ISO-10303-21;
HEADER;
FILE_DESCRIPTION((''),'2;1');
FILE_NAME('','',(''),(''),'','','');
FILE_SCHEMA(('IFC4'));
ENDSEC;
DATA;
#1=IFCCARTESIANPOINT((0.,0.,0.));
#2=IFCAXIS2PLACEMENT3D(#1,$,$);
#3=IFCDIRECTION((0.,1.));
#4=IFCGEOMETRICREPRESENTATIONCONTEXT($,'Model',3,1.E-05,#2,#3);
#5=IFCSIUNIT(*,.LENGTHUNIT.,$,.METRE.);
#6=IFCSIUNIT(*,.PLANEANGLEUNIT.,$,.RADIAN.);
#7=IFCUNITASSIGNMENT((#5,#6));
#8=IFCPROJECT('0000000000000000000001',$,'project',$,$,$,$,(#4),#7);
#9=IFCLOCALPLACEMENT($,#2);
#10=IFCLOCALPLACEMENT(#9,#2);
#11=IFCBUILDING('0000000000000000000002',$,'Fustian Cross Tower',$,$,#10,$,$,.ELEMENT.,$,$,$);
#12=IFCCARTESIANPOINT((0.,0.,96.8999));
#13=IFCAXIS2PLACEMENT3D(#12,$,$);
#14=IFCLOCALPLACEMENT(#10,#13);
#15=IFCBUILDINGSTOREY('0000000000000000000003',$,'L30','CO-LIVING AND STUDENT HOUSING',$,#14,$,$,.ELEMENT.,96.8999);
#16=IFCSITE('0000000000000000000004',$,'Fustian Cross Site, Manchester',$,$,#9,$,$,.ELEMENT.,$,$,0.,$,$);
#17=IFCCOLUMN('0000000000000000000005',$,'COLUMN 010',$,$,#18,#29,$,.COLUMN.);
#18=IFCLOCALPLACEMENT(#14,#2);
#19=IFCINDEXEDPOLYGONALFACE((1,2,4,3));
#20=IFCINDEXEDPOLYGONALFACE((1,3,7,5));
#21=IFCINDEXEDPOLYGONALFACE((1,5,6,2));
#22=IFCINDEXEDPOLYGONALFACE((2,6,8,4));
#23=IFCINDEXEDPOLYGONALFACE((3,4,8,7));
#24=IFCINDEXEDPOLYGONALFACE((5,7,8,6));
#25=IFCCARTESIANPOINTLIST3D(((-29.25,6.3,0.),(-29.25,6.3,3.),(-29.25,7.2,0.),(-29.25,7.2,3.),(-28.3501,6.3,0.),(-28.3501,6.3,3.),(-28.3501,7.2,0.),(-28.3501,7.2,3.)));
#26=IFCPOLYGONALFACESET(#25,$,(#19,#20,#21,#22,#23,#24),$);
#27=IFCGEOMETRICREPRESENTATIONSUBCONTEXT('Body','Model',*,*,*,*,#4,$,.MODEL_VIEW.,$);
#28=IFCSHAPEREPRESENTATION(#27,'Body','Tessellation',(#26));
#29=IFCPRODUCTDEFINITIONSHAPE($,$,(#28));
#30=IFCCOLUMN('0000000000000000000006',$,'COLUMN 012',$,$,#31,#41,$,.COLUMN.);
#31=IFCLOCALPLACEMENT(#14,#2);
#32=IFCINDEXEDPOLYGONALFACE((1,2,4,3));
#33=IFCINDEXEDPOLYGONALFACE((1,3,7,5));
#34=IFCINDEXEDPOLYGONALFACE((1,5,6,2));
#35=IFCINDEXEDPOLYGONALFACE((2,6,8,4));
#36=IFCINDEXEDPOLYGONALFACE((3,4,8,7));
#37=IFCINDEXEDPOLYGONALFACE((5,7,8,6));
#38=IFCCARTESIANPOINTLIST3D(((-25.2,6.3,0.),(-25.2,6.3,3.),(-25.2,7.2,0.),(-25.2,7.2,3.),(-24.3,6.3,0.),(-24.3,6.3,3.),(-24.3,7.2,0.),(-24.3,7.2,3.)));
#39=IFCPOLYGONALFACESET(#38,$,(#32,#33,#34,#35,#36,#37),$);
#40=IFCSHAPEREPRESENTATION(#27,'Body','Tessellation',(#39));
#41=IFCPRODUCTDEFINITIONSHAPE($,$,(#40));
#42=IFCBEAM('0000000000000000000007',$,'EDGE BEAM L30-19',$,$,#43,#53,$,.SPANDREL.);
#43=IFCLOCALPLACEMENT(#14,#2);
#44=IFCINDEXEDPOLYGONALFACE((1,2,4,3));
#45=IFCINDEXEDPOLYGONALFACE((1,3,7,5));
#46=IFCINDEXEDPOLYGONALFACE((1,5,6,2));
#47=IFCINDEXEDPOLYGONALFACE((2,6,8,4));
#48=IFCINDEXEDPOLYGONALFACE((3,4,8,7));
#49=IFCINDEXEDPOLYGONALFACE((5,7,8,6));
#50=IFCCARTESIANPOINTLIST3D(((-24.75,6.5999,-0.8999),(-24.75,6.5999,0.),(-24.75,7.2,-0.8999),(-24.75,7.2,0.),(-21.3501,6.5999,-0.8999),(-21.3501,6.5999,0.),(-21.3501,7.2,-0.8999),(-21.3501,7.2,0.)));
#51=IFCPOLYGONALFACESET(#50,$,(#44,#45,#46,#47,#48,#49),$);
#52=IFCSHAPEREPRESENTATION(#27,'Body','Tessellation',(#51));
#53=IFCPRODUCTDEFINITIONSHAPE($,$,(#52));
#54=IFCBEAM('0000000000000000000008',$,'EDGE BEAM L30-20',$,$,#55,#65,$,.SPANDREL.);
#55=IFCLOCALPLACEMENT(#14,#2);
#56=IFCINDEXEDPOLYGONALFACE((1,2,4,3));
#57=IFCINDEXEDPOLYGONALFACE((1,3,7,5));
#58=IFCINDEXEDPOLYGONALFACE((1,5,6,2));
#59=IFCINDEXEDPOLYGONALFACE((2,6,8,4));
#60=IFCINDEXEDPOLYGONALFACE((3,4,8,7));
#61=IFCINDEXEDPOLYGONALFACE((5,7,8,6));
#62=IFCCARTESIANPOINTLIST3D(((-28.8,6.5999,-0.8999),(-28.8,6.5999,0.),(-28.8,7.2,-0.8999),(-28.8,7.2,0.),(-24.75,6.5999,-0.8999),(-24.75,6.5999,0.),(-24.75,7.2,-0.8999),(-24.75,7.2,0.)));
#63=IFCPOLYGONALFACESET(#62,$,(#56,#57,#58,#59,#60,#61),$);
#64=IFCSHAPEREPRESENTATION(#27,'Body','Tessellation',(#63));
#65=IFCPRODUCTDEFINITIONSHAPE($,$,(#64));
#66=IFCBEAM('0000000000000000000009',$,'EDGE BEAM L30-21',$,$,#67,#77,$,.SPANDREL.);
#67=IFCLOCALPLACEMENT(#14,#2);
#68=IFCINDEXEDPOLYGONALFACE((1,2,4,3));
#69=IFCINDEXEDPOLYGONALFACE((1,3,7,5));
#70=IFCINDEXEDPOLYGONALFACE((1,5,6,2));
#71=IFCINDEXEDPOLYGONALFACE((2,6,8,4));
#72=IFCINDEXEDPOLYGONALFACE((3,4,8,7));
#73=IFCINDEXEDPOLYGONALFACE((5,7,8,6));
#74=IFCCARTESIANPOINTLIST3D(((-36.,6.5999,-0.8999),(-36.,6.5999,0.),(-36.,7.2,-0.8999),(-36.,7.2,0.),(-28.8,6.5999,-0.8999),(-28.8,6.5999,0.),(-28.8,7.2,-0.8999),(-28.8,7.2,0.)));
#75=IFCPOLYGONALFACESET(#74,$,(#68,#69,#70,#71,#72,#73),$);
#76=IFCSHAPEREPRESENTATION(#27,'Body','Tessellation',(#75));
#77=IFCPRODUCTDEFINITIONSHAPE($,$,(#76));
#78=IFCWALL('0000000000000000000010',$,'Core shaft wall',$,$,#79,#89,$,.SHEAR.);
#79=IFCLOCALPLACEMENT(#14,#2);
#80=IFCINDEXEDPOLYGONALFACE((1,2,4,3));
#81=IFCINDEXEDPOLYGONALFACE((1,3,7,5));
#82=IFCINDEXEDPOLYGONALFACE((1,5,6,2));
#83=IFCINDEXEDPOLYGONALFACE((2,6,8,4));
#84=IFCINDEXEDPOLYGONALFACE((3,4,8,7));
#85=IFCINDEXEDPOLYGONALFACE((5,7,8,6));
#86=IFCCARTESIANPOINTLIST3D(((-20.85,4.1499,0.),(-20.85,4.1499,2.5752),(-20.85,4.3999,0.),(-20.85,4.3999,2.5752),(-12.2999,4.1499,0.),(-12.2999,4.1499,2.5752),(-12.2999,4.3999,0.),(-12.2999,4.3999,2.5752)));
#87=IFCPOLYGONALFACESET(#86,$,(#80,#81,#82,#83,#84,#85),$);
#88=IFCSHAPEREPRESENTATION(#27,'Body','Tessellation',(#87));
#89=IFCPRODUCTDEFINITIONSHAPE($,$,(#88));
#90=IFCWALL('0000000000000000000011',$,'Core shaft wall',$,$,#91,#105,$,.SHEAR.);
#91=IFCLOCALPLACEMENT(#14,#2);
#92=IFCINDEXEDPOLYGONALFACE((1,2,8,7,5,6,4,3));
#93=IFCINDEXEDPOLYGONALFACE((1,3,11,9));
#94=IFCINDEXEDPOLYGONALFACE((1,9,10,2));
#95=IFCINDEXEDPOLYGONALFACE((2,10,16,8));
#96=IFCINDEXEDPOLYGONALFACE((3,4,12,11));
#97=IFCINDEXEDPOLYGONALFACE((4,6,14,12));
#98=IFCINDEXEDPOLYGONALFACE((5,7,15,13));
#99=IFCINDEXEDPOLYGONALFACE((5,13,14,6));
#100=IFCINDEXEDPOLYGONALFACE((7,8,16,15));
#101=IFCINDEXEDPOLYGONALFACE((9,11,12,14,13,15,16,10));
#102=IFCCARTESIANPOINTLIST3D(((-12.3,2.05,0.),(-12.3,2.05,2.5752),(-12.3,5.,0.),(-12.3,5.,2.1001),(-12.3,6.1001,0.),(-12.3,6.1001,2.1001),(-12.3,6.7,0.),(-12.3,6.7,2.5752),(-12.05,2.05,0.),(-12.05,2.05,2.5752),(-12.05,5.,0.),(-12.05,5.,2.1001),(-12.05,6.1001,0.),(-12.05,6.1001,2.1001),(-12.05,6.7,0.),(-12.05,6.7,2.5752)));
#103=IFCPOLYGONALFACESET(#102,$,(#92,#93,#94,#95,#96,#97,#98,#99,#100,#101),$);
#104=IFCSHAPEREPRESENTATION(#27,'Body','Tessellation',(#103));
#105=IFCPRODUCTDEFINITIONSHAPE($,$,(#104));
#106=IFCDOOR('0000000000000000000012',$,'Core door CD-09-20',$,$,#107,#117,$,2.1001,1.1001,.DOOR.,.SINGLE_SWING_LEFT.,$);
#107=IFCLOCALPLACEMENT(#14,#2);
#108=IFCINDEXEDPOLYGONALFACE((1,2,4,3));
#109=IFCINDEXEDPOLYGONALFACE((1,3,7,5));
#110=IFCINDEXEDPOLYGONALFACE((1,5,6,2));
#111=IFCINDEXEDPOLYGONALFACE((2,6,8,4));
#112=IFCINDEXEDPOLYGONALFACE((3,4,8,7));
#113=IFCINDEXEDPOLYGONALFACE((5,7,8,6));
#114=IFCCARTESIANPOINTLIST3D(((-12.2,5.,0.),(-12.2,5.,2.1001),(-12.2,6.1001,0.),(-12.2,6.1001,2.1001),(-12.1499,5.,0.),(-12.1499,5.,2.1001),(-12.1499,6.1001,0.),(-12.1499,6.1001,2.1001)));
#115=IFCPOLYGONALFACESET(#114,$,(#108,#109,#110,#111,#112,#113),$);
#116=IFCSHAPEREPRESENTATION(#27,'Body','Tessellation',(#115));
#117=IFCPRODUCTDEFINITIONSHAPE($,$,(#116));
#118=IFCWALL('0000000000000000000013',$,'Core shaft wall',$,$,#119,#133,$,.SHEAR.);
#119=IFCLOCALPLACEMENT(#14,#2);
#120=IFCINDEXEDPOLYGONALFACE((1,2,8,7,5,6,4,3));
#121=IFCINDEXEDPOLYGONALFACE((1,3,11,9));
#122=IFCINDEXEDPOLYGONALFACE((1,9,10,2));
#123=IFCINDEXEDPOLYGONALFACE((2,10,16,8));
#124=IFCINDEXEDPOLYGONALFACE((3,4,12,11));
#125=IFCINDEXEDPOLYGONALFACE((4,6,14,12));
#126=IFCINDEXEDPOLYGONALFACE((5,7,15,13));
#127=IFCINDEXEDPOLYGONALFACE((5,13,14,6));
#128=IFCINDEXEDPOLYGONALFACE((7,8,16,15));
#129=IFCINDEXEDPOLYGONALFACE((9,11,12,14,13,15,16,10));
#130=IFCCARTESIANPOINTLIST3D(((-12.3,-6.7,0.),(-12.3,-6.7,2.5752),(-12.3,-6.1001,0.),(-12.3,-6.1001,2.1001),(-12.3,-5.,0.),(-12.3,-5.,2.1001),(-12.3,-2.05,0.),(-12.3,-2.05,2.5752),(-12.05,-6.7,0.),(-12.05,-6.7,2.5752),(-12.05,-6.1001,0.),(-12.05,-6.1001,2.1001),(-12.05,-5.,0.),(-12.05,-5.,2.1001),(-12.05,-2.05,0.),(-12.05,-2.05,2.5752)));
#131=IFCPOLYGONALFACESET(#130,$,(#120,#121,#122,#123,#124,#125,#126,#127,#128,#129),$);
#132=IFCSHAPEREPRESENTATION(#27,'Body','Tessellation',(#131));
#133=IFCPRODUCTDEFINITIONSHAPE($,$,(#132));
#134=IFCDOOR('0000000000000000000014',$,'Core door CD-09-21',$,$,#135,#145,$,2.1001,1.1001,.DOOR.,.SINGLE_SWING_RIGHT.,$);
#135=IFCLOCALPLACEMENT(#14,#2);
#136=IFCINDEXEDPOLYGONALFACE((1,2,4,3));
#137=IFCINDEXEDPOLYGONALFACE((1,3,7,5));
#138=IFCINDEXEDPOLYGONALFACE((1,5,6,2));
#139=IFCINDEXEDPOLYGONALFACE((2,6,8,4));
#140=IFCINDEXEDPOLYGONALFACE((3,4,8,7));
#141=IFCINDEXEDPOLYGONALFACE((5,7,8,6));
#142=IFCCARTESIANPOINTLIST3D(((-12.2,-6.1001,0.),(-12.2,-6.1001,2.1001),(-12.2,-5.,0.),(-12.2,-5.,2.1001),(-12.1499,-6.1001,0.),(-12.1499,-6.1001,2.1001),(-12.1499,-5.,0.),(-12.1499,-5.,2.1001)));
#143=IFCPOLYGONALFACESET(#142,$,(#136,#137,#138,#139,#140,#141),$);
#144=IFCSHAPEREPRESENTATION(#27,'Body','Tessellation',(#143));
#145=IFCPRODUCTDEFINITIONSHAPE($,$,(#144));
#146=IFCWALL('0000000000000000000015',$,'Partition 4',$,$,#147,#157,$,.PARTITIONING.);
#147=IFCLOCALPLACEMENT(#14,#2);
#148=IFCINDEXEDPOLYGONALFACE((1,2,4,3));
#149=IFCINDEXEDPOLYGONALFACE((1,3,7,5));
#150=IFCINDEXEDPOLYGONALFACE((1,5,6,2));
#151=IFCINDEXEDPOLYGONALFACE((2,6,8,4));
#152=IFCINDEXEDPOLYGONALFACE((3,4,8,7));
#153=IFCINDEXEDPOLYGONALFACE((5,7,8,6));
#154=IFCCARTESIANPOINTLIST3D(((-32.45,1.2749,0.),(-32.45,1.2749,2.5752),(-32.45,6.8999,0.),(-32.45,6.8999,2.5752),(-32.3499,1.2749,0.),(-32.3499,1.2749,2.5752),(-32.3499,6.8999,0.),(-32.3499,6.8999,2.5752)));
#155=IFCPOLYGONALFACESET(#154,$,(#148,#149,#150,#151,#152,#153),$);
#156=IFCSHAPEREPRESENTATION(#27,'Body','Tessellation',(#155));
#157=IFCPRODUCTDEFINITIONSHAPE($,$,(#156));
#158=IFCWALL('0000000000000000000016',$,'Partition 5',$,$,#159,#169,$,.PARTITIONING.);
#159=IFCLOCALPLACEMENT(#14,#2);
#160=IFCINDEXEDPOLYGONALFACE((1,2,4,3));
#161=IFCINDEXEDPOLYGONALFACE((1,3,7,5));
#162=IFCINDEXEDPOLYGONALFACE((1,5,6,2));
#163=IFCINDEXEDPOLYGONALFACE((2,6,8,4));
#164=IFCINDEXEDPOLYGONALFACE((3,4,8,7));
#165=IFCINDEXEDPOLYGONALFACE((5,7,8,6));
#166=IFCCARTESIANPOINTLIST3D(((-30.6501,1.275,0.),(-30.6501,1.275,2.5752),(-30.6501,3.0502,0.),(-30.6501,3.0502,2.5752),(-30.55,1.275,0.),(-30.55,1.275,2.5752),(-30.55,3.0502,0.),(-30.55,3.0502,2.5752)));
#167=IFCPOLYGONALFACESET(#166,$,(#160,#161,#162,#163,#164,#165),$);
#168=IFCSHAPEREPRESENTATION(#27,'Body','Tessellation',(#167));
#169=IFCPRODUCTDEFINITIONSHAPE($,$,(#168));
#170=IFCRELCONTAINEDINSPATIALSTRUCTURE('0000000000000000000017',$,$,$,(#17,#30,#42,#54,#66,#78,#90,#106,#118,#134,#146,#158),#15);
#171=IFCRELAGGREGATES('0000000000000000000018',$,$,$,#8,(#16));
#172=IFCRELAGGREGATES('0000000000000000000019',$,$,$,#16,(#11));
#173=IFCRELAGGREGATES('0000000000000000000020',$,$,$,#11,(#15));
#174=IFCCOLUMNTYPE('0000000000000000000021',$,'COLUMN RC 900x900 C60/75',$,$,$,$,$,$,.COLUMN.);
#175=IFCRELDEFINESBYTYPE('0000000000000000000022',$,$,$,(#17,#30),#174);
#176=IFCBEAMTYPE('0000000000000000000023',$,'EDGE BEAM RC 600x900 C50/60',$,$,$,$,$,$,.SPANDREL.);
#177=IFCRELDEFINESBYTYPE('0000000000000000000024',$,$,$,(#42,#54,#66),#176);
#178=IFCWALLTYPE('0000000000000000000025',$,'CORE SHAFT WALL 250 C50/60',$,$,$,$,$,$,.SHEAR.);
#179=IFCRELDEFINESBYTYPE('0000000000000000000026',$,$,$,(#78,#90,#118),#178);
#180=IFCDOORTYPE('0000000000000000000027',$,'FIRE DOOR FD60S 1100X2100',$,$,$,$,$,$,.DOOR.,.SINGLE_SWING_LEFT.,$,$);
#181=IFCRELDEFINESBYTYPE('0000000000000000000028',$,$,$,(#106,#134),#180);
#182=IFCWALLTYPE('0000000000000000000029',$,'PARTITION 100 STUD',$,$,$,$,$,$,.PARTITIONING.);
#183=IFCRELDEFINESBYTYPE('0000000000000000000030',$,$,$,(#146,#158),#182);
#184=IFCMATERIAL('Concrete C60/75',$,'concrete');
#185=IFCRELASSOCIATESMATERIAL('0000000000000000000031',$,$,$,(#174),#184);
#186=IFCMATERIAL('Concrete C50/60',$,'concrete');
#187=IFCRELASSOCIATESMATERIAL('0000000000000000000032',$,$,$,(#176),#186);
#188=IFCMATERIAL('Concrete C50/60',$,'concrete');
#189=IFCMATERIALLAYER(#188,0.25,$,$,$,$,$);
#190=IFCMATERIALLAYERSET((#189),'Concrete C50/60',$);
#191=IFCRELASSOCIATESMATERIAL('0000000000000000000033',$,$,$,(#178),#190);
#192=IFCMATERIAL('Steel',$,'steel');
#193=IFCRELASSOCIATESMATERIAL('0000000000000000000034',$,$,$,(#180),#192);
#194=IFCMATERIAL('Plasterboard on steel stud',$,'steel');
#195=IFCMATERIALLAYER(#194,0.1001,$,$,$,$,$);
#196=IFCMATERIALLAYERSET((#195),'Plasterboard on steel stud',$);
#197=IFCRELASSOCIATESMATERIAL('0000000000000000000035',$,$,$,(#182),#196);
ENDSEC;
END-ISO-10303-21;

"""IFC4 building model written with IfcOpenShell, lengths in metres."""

from ifc_helpers import new_model, si_unit, direction, frame, frame_2d, origin, origin_2d, place, context, subcontext, project, spatial, rectangle, extrude, material, layer, layer_set, material_profile, profile_set, type_object, element, fill, save


model = new_model("IFC4")

# Units and contexts
model_context = context("Model", 3, precision=1e-05, world=origin(), true_north=direction((0.0, 1.0)))
body_context = subcontext(model_context, "Body", "Model", "MODEL_VIEW")
ifc_project = project(units=[si_unit("LENGTHUNIT", "METRE"), si_unit("PLANEANGLEUNIT", "RADIAN")], contexts=[model_context])

# Site, building, storey
site_placement = place(None, origin())
site = spatial("IfcSite", under=ifc_project, at=site_placement, Name="Fustian Cross Site, Manchester", CompositionType="ELEMENT", RefElevation=0.0)
building_placement = place(site_placement, origin())
building = spatial("IfcBuilding", under=site, at=building_placement, Name="Fustian Cross Tower", CompositionType="ELEMENT")
storey_placement = place(building_placement, frame((0.0, 0.0, 96.8999)))
storey = spatial("IfcBuildingStorey", under=building, at=storey_placement, Name="L30", Description="CO-LIVING AND STUDENT HOUSING", CompositionType="ELEMENT", Elevation=96.8999)

# Columns
ifc_material_1 = material(Name="Concrete C60/75", Category="concrete")
ifc_material_profile_1 = material_profile(ifc_material_1, rectangle(XDim=0.8999, YDim=0.8999, at=origin_2d()), Name="RC 900x900")
ifc_profile_set_1 = profile_set([ifc_material_profile_1], Name="Concrete C60/75")
column_type = type_object("IfcColumnType", Name="COLUMN RC 900x900 C60/75", PredefinedType="COLUMN", material=ifc_profile_set_1)
for number, where, z_axis, x_axis, name in (
    (1, (-28.8, 6.75, 0.0), (0.0, 0.0, 1.0), (1.0, 0.0, 0.0), "COLUMN 010"),
    (2, (-24.75, 6.75, 0.0), (0.0, 0.0, 1.0), (1.0, 0.0, 0.0), "COLUMN 012"),
):
    element("IfcColumn", number, at=place(storey_placement, frame(where, z_axis=z_axis, x_axis=x_axis)), inside=storey, type_object=column_type, Name=name, PredefinedType="COLUMN", context=body_context, shape_type="SweptSolid", body=[
        extrude(rectangle(XDim=0.8999, YDim=0.8999, at=origin_2d()), origin(), (0.0, 0.0, 1.0), 3.0),
    ])

# Beams
ifc_material_2 = material(Name="Concrete C50/60", Category="concrete")
ifc_material_profile_2 = material_profile(ifc_material_2, rectangle(XDim=0.6001, YDim=0.8999, at=origin_2d()), Name="RC 600x900")
ifc_profile_set_2 = profile_set([ifc_material_profile_2], Name="Concrete C50/60")
beam_type = type_object("IfcBeamType", Name="EDGE BEAM RC 600x900 C50/60", PredefinedType="SPANDREL", material=ifc_profile_set_2)
beam_1_placement = place(storey_placement, frame((-21.3501, 6.8999, -0.45), z_axis=(-1.0, 0.0, 0.0), x_axis=(0.0, -1.0, 0.0)))
element("IfcBeam", 3, at=beam_1_placement, inside=storey, type_object=beam_type, Name="EDGE BEAM L30-19", PredefinedType="SPANDREL", context=body_context, shape_type="SweptSolid", body=[
    extrude(rectangle(XDim=0.6001, YDim=0.8999, at=origin_2d()), origin(), (0.0, 0.0, 1.0), 3.3999),
])
beam_2_placement = place(storey_placement, frame((-24.75, 6.8999, -0.45), z_axis=(-1.0, 0.0, 0.0), x_axis=(0.0, -1.0, 0.0)))
element("IfcBeam", 4, at=beam_2_placement, inside=storey, type_object=beam_type, Name="EDGE BEAM L30-20", PredefinedType="SPANDREL", context=body_context, shape_type="SweptSolid", body=[
    extrude(rectangle(XDim=0.6001, YDim=0.8999, at=origin_2d()), origin(), (0.0, 0.0, 1.0), 4.05),
])
beam_3_placement = place(storey_placement, frame((-28.8, 6.8999, -0.45), z_axis=(-1.0, 0.0, 0.0), x_axis=(0.0, -1.0, 0.0)))
element("IfcBeam", 5, at=beam_3_placement, inside=storey, type_object=beam_type, Name="EDGE BEAM L30-21", PredefinedType="SPANDREL", context=body_context, shape_type="SweptSolid", body=[
    extrude(rectangle(XDim=0.6001, YDim=0.8999, at=origin_2d()), origin(), (0.0, 0.0, 1.0), 7.2),
])

# Wall
ifc_material_3 = material(Name="Concrete C50/60", Category="concrete")
ifc_layer_1 = layer(ifc_material_3, 0.25)
ifc_layer_set_1 = layer_set([ifc_layer_1], Name="Concrete C50/60")
wall_type_1 = type_object("IfcWallType", Name="CORE SHAFT WALL 250 C50/60", PredefinedType="SHEAR", material=ifc_layer_set_1)
wall_1_placement = place(storey_placement, frame((-12.3, 4.2749, 0.0), z_axis=(0.0, 0.0, 1.0), x_axis=(-1.0, 0.0, 0.0)))
element("IfcWall", 6, at=wall_1_placement, inside=storey, type_object=wall_type_1, Name="Core shaft wall", PredefinedType="SHEAR", context=body_context, shape_type="SweptSolid", body=[
    extrude(rectangle(XDim=8.55, YDim=0.25, at=frame_2d((4.2749, 0.0))), origin(), (0.0, 0.0, 1.0), 2.5752),
])

# Walls, openings, doors
wall_2_placement = place(storey_placement, frame((-12.175, 2.05, 0.0), z_axis=(0.0, 0.0, 1.0), x_axis=(0.0, 1.0, 0.0)))
wall_2 = element("IfcWall", 7, at=wall_2_placement, inside=storey, type_object=wall_type_1, Name="Core shaft wall", PredefinedType="SHEAR", context=body_context, shape_type="SweptSolid", body=[
    extrude(rectangle(XDim=4.6499, YDim=0.25, at=frame_2d((2.325, 0.0))), origin(), (0.0, 0.0, 1.0), 2.5752),
])
opening_1_placement = place(wall_2_placement, frame((2.95, 0.0, 0.0)))
opening_1 = element("IfcOpeningElement", 8, at=opening_1_placement, cuts=wall_2, PredefinedType="OPENING", context=body_context, shape_type="SweptSolid", body=[
    extrude(rectangle(XDim=1.1001, YDim=2.1001, at=frame_2d((0.55, 1.05))), frame((0.0, 0.135, 0.0), z_axis=(0.0, -1.0, 0.0), x_axis=(1.0, 0.0, 0.0)), (0.0, 0.0, 1.0), 0.27),
])
ifc_material_4 = material(Name="Steel", Category="steel")
door_type_1 = type_object("IfcDoorType", Name="FIRE DOOR FD60S 1100X2100", OperationType="SINGLE_SWING_LEFT", PredefinedType="DOOR", material=ifc_material_4)
door_1_placement = place(opening_1_placement, origin())
door_1 = element("IfcDoor", 9, at=door_1_placement, inside=storey, type_object=door_type_1, Name="Core door CD-09-20", OperationType="SINGLE_SWING_LEFT", OverallHeight=2.1001, OverallWidth=1.1001, PredefinedType="DOOR", context=body_context, shape_type="SweptSolid", body=[
    extrude(rectangle(XDim=1.1001, YDim=2.1001, at=frame_2d((0.55, 1.05))), frame((0.0, 0.0249, 0.0), z_axis=(0.0, -1.0, 0.0), x_axis=(1.0, 0.0, 0.0)), (0.0, 0.0, 1.0), 0.05),
])
fill(opening_1, door_1)
wall_3_placement = place(storey_placement, frame((-12.175, -2.05, 0.0), z_axis=(0.0, 0.0, 1.0), x_axis=(0.0, -1.0, 0.0)))
wall_3 = element("IfcWall", 10, at=wall_3_placement, inside=storey, type_object=wall_type_1, Name="Core shaft wall", PredefinedType="SHEAR", context=body_context, shape_type="SweptSolid", body=[
    extrude(rectangle(XDim=4.6499, YDim=0.25, at=frame_2d((2.325, 0.0))), origin(), (0.0, 0.0, 1.0), 2.5752),
])
opening_2_placement = place(wall_3_placement, frame((2.95, 0.0, 0.0)))
opening_2 = element("IfcOpeningElement", 11, at=opening_2_placement, cuts=wall_3, PredefinedType="OPENING", context=body_context, shape_type="SweptSolid", body=[
    extrude(rectangle(XDim=1.1001, YDim=2.1001, at=frame_2d((0.55, 1.05))), frame((0.0, 0.135, 0.0), z_axis=(0.0, -1.0, 0.0), x_axis=(1.0, 0.0, 0.0)), (0.0, 0.0, 1.0), 0.27),
])
door_2_placement = place(opening_2_placement, frame((1.1001, 0.0, 0.0), z_axis=(0.0, 0.0, 1.0), x_axis=(-1.0, 0.0, 0.0)))
door_2 = element("IfcDoor", 12, at=door_2_placement, inside=storey, type_object=door_type_1, Name="Core door CD-09-21", OperationType="SINGLE_SWING_RIGHT", OverallHeight=2.1001, OverallWidth=1.1001, PredefinedType="DOOR", context=body_context, shape_type="SweptSolid", body=[
    extrude(rectangle(XDim=1.1001, YDim=2.1001, at=frame_2d((0.55, 1.05))), frame((0.0, 0.0249, 0.0), z_axis=(0.0, -1.0, 0.0), x_axis=(1.0, 0.0, 0.0)), (0.0, 0.0, 1.0), 0.05),
])
fill(opening_2, door_2)

# Walls
ifc_material_5 = material(Name="Plasterboard on steel stud", Category="steel")
ifc_layer_2 = layer(ifc_material_5, 0.1001)
ifc_layer_set_2 = layer_set([ifc_layer_2], Name="Plasterboard on steel stud")
wall_type_2 = type_object("IfcWallType", Name="PARTITION 100 STUD", PredefinedType="PARTITIONING", material=ifc_layer_set_2)
wall_4_placement = place(storey_placement, frame((-32.3999, 1.2749, 0.0), z_axis=(0.0, 0.0, 1.0), x_axis=(0.0, 1.0, 0.0)))
element("IfcWall", 13, at=wall_4_placement, inside=storey, type_object=wall_type_2, Name="Partition 4", PredefinedType="PARTITIONING", context=body_context, shape_type="SweptSolid", body=[
    extrude(rectangle(XDim=5.625, YDim=0.1001, at=frame_2d((2.8125, 0.0))), origin(), (0.0, 0.0, 1.0), 2.5752),
])
wall_5_placement = place(storey_placement, frame((-30.6001, 1.2749, 0.0), z_axis=(0.0, 0.0, 1.0), x_axis=(0.0, 1.0, 0.0)))
element("IfcWall", 14, at=wall_5_placement, inside=storey, type_object=wall_type_2, Name="Partition 5", PredefinedType="PARTITIONING", context=body_context, shape_type="SweptSolid", body=[
    extrude(rectangle(XDim=1.7751, YDim=0.1001, at=frame_2d((0.8877, 0.0))), origin(), (0.0, 0.0, 1.0), 2.5752),
])

save(model, "model.ifc")
